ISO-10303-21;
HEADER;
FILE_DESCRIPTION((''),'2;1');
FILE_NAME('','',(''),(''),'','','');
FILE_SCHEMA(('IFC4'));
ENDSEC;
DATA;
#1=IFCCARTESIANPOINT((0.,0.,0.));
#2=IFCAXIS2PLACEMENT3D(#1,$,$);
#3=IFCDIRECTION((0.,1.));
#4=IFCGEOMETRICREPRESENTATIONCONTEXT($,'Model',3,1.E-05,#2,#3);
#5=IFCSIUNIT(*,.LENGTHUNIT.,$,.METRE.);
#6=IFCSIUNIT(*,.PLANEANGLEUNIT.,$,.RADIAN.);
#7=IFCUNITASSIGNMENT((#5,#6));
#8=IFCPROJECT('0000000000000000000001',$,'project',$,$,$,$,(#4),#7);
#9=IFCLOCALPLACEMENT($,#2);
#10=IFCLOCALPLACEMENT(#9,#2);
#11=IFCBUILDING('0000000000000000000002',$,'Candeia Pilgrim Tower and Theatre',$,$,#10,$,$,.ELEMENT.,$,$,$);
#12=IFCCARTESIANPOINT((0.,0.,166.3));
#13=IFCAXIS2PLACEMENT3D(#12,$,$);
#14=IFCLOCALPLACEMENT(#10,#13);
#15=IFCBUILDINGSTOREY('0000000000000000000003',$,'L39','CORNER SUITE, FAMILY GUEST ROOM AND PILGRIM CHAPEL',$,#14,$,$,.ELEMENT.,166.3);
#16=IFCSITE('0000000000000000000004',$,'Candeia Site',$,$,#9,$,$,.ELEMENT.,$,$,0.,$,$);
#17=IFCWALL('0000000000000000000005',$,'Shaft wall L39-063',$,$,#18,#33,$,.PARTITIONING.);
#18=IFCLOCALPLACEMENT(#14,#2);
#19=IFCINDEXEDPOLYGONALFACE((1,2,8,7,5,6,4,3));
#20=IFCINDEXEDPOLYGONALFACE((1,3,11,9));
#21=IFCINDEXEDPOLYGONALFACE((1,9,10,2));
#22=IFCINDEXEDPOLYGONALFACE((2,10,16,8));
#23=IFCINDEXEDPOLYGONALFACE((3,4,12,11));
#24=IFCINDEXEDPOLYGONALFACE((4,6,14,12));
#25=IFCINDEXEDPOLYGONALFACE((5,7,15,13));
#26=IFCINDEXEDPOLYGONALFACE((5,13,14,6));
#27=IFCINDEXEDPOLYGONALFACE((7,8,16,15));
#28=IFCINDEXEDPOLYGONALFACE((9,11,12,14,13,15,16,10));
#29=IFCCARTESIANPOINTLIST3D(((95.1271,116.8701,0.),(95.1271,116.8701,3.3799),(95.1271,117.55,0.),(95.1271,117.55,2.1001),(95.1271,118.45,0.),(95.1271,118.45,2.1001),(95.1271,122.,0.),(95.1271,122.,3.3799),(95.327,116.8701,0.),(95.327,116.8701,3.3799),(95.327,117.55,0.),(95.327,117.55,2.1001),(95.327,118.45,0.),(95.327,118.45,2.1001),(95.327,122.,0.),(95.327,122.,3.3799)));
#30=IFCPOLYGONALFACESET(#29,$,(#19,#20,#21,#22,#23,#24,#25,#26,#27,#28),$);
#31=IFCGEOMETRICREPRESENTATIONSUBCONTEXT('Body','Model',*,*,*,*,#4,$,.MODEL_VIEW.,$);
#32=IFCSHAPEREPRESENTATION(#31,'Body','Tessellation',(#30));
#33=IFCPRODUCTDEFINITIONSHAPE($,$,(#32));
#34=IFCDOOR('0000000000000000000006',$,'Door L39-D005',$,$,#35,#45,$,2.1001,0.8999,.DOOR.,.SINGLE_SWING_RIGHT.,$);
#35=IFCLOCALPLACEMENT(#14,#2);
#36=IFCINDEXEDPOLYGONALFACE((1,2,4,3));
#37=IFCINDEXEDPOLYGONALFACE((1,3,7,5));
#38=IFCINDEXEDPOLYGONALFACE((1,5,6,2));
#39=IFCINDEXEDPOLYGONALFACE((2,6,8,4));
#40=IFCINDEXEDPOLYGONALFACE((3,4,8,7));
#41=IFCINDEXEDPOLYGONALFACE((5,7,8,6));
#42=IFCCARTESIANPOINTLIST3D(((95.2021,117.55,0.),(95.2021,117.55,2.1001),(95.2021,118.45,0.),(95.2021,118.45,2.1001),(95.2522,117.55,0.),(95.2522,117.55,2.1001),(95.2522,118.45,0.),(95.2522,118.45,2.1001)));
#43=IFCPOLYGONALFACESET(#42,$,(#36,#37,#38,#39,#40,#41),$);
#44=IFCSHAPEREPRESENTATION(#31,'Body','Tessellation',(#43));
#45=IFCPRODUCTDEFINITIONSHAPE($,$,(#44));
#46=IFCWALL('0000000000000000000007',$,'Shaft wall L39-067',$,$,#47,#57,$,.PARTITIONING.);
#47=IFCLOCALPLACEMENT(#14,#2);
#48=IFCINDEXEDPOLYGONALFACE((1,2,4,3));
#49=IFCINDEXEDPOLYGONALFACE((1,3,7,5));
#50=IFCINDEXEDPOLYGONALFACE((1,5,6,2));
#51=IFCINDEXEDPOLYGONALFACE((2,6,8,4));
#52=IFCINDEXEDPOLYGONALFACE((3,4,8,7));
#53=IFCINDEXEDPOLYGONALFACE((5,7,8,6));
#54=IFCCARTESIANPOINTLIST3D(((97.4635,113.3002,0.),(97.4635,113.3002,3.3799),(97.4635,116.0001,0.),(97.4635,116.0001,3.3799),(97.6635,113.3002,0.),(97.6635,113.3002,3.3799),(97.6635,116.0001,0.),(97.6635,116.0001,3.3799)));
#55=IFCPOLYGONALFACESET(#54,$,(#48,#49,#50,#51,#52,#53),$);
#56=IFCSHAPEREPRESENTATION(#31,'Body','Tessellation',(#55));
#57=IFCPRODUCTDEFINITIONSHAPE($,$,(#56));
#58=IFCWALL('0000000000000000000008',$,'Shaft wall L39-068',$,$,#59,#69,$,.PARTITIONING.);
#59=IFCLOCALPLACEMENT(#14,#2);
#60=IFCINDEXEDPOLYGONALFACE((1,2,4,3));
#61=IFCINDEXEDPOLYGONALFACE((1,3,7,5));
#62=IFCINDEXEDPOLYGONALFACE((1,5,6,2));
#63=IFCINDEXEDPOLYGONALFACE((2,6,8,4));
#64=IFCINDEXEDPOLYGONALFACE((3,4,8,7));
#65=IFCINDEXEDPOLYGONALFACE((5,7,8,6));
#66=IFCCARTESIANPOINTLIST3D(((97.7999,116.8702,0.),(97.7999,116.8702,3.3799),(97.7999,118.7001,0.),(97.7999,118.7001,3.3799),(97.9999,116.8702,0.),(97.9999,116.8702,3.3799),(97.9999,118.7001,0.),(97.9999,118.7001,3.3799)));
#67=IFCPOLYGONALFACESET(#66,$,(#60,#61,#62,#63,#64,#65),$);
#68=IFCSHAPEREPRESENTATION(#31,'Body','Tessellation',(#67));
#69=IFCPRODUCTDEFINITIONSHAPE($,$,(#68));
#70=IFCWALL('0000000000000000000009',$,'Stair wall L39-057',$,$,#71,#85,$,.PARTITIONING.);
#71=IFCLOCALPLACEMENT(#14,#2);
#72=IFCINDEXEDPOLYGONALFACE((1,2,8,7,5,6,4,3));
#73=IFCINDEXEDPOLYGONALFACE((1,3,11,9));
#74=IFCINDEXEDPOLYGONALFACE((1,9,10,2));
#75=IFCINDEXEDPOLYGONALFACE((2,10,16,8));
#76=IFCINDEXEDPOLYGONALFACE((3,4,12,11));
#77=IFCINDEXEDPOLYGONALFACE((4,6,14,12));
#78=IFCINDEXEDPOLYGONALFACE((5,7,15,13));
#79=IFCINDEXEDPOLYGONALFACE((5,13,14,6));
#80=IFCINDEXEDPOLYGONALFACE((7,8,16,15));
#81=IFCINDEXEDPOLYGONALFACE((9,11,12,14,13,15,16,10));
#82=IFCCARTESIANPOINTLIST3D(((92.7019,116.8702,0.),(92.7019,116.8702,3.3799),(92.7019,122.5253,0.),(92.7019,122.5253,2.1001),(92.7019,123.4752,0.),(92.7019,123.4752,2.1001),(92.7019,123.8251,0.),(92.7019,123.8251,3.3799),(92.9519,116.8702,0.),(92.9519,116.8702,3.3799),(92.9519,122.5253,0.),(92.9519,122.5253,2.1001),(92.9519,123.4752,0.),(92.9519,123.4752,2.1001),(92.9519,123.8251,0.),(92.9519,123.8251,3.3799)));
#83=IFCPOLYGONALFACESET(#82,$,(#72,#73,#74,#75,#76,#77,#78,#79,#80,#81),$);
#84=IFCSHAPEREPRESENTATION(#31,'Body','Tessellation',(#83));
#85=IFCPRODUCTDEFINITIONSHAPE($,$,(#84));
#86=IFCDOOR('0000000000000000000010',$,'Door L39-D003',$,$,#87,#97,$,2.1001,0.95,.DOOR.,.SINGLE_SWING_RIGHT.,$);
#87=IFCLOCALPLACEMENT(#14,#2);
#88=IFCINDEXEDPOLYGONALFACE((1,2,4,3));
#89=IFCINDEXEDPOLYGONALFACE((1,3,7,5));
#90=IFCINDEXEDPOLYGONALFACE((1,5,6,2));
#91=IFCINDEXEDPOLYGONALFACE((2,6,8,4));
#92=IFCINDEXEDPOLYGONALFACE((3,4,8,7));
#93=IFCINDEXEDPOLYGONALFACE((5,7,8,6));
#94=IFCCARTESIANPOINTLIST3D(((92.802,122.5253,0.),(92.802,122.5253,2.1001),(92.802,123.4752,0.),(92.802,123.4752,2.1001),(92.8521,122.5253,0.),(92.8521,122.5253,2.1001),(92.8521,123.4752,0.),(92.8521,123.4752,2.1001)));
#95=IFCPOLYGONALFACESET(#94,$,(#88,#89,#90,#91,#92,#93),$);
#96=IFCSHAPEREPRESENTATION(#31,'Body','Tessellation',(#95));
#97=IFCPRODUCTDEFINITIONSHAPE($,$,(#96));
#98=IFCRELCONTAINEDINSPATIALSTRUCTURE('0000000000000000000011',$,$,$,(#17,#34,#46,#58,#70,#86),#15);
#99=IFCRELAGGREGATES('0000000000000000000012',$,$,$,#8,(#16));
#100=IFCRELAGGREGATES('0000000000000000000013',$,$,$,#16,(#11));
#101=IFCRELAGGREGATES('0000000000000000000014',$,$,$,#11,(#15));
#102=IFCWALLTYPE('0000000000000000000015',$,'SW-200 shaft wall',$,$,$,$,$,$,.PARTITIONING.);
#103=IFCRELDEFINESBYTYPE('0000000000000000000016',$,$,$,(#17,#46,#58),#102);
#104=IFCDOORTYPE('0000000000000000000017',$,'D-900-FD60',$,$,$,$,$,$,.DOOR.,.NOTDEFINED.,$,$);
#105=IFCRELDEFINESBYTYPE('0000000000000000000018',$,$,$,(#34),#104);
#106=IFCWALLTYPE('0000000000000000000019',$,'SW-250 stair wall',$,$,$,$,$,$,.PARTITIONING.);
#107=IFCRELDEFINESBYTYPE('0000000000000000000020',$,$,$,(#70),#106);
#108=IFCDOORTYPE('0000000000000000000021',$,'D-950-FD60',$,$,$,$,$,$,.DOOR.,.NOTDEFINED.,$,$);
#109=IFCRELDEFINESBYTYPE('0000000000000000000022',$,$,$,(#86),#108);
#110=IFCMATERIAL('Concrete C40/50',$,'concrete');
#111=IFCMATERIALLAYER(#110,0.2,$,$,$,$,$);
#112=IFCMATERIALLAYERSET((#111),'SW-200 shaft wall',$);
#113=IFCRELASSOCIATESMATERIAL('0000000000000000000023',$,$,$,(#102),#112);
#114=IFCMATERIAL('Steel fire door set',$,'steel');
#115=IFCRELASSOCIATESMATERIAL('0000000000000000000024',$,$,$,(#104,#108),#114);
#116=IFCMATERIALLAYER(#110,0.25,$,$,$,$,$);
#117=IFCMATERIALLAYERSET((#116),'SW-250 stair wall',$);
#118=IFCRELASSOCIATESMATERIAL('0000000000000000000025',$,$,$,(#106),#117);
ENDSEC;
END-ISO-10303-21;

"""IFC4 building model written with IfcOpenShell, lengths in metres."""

from ifc_helpers import new_model, si_unit, direction, frame, frame_2d, origin, place, context, subcontext, project, spatial, rectangle, extrude, material, layer, layer_set, type_object, element, fill, save


model = new_model("IFC4")

# Units and contexts
model_context = context("Model", 3, precision=1e-05, world=origin(), true_north=direction((0.0, 1.0)))
body_context = subcontext(model_context, "Body", "Model", "MODEL_VIEW")
ifc_project = project(units=[si_unit("LENGTHUNIT", "METRE"), si_unit("PLANEANGLEUNIT", "RADIAN")], contexts=[model_context])

# Site, building, storey
site_placement = place(None, origin())
site = spatial("IfcSite", under=ifc_project, at=site_placement, Name="Candeia Site", CompositionType="ELEMENT", RefElevation=0.0)
building_placement = place(site_placement, origin())
building = spatial("IfcBuilding", under=site, at=building_placement, Name="Candeia Pilgrim Tower and Theatre", CompositionType="ELEMENT")
storey_placement = place(building_placement, frame((0.0, 0.0, 166.3)))
storey = spatial("IfcBuildingStorey", under=building, at=storey_placement, Name="L39", Description="CORNER SUITE, FAMILY GUEST ROOM AND PILGRIM CHAPEL", CompositionType="ELEMENT", Elevation=166.3)

# Shared definitions
ifc_material_1 = material(Name="Steel fire door set", Category="steel")

# Shared definitions
ifc_material_2 = material(Name="Concrete C40/50", Category="concrete")
ifc_layer_1 = layer(ifc_material_2, 0.2)
ifc_layer_set_1 = layer_set([ifc_layer_1], Name="SW-200 shaft wall")
wall_type_1 = type_object("IfcWallType", Name="SW-200 shaft wall", PredefinedType="PARTITIONING", material=ifc_layer_set_1)

# Wall, opening, door
door_type_1 = type_object("IfcDoorType", Name="D-900-FD60", OperationType="NOTDEFINED", PredefinedType="DOOR", material=ifc_material_1)
wall_1_placement = place(storey_placement, frame((95.2271, 116.8701, 0.0), z_axis=(0.0, 0.0, 1.0), x_axis=(0.0, 1.0, 0.0)))
wall_1 = element("IfcWall", 1, at=wall_1_placement, inside=storey, type_object=wall_type_1, Name="Shaft wall L39-063", PredefinedType="PARTITIONING", context=body_context, shape_type="SweptSolid", body=[
    extrude(rectangle(XDim=5.1299, YDim=0.2, at=frame_2d((2.5649, 0.0))), origin(), (0.0, 0.0, 1.0), 3.3799),
])
opening_1_placement = place(wall_1_placement, frame((0.6799, 0.0, 0.0)))
opening_1 = element("IfcOpeningElement", 2, at=opening_1_placement, cuts=wall_1, PredefinedType="OPENING", context=body_context, shape_type="SweptSolid", body=[
    extrude(rectangle(XDim=0.8999, YDim=2.1001, at=frame_2d((0.45, 1.05))), frame((0.0, 0.1099, 0.0), z_axis=(0.0, -1.0, 0.0), x_axis=(1.0, 0.0, 0.0)), (0.0, 0.0, 1.0), 0.22),
])
door_1_placement = place(opening_1_placement, origin())
door_1 = element("IfcDoor", 3, at=door_1_placement, inside=storey, type_object=door_type_1, Name="Door L39-D005", OperationType="SINGLE_SWING_RIGHT", OverallHeight=2.1001, OverallWidth=0.8999, PredefinedType="DOOR", context=body_context, shape_type="SweptSolid", body=[
    extrude(rectangle(XDim=0.8999, YDim=2.1001, at=frame_2d((0.45, 1.05))), frame((0.0, 0.0249, 0.0), z_axis=(0.0, -1.0, 0.0), x_axis=(1.0, 0.0, 0.0)), (0.0, 0.0, 1.0), 0.05),
])
fill(opening_1, door_1)

# Walls
wall_2_placement = place(storey_placement, frame((97.5635, 113.3, 0.0), z_axis=(0.0, 0.0, 1.0), x_axis=(0.0, 1.0, 0.0)))
element("IfcWall", 4, at=wall_2_placement, inside=storey, type_object=wall_type_1, Name="Shaft wall L39-067", PredefinedType="PARTITIONING", context=body_context, shape_type="SweptSolid", body=[
    extrude(rectangle(XDim=2.7, YDim=0.2, at=frame_2d((1.3501, 0.0))), origin(), (0.0, 0.0, 1.0), 3.3799),
])
wall_3_placement = place(storey_placement, frame((97.8999, 116.8701, 0.0), z_axis=(0.0, 0.0, 1.0), x_axis=(0.0, 1.0, 0.0)))
element("IfcWall", 5, at=wall_3_placement, inside=storey, type_object=wall_type_1, Name="Shaft wall L39-068", PredefinedType="PARTITIONING", context=body_context, shape_type="SweptSolid", body=[
    extrude(rectangle(XDim=1.8298, YDim=0.2, at=frame_2d((0.915, 0.0))), origin(), (0.0, 0.0, 1.0), 3.3799),
])

# Wall, opening, door
ifc_layer_2 = layer(ifc_material_2, 0.25)
ifc_layer_set_2 = layer_set([ifc_layer_2], Name="SW-250 stair wall")
wall_type_2 = type_object("IfcWallType", Name="SW-250 stair wall", PredefinedType="PARTITIONING", material=ifc_layer_set_2)
wall_4_placement = place(storey_placement, frame((92.8269, 116.8701, 0.0), z_axis=(0.0, 0.0, 1.0), x_axis=(0.0, 1.0, 0.0)))
wall_4 = element("IfcWall", 6, at=wall_4_placement, inside=storey, type_object=wall_type_2, Name="Stair wall L39-057", PredefinedType="PARTITIONING", context=body_context, shape_type="SweptSolid", body=[
    extrude(rectangle(XDim=6.9548, YDim=0.25, at=frame_2d((3.4775, 0.0))), origin(), (0.0, 0.0, 1.0), 3.3799),
])
opening_2_placement = place(wall_4_placement, frame((5.655, 0.0, 0.0)))
opening_2 = element("IfcOpeningElement", 7, at=opening_2_placement, cuts=wall_4, PredefinedType="OPENING", context=body_context, shape_type="SweptSolid", body=[
    extrude(rectangle(XDim=0.95, YDim=2.1001, at=frame_2d((0.4751, 1.05))), frame((0.0, 0.135, 0.0), z_axis=(0.0, -1.0, 0.0), x_axis=(1.0, 0.0, 0.0)), (0.0, 0.0, 1.0), 0.27),
])
door_type_2 = type_object("IfcDoorType", Name="D-950-FD60", OperationType="NOTDEFINED", PredefinedType="DOOR", material=ifc_material_1)
door_2_placement = place(opening_2_placement, origin())
door_2 = element("IfcDoor", 8, at=door_2_placement, inside=storey, type_object=door_type_2, Name="Door L39-D003", OperationType="SINGLE_SWING_RIGHT", OverallHeight=2.1001, OverallWidth=0.95, PredefinedType="DOOR", context=body_context, shape_type="SweptSolid", body=[
    extrude(rectangle(XDim=0.95, YDim=2.1001, at=frame_2d((0.4751, 1.05))), frame((0.0, 0.0249, 0.0), z_axis=(0.0, -1.0, 0.0), x_axis=(1.0, 0.0, 0.0)), (0.0, 0.0, 1.0), 0.05),
])
fill(opening_2, door_2)

save(model, "model.ifc")
